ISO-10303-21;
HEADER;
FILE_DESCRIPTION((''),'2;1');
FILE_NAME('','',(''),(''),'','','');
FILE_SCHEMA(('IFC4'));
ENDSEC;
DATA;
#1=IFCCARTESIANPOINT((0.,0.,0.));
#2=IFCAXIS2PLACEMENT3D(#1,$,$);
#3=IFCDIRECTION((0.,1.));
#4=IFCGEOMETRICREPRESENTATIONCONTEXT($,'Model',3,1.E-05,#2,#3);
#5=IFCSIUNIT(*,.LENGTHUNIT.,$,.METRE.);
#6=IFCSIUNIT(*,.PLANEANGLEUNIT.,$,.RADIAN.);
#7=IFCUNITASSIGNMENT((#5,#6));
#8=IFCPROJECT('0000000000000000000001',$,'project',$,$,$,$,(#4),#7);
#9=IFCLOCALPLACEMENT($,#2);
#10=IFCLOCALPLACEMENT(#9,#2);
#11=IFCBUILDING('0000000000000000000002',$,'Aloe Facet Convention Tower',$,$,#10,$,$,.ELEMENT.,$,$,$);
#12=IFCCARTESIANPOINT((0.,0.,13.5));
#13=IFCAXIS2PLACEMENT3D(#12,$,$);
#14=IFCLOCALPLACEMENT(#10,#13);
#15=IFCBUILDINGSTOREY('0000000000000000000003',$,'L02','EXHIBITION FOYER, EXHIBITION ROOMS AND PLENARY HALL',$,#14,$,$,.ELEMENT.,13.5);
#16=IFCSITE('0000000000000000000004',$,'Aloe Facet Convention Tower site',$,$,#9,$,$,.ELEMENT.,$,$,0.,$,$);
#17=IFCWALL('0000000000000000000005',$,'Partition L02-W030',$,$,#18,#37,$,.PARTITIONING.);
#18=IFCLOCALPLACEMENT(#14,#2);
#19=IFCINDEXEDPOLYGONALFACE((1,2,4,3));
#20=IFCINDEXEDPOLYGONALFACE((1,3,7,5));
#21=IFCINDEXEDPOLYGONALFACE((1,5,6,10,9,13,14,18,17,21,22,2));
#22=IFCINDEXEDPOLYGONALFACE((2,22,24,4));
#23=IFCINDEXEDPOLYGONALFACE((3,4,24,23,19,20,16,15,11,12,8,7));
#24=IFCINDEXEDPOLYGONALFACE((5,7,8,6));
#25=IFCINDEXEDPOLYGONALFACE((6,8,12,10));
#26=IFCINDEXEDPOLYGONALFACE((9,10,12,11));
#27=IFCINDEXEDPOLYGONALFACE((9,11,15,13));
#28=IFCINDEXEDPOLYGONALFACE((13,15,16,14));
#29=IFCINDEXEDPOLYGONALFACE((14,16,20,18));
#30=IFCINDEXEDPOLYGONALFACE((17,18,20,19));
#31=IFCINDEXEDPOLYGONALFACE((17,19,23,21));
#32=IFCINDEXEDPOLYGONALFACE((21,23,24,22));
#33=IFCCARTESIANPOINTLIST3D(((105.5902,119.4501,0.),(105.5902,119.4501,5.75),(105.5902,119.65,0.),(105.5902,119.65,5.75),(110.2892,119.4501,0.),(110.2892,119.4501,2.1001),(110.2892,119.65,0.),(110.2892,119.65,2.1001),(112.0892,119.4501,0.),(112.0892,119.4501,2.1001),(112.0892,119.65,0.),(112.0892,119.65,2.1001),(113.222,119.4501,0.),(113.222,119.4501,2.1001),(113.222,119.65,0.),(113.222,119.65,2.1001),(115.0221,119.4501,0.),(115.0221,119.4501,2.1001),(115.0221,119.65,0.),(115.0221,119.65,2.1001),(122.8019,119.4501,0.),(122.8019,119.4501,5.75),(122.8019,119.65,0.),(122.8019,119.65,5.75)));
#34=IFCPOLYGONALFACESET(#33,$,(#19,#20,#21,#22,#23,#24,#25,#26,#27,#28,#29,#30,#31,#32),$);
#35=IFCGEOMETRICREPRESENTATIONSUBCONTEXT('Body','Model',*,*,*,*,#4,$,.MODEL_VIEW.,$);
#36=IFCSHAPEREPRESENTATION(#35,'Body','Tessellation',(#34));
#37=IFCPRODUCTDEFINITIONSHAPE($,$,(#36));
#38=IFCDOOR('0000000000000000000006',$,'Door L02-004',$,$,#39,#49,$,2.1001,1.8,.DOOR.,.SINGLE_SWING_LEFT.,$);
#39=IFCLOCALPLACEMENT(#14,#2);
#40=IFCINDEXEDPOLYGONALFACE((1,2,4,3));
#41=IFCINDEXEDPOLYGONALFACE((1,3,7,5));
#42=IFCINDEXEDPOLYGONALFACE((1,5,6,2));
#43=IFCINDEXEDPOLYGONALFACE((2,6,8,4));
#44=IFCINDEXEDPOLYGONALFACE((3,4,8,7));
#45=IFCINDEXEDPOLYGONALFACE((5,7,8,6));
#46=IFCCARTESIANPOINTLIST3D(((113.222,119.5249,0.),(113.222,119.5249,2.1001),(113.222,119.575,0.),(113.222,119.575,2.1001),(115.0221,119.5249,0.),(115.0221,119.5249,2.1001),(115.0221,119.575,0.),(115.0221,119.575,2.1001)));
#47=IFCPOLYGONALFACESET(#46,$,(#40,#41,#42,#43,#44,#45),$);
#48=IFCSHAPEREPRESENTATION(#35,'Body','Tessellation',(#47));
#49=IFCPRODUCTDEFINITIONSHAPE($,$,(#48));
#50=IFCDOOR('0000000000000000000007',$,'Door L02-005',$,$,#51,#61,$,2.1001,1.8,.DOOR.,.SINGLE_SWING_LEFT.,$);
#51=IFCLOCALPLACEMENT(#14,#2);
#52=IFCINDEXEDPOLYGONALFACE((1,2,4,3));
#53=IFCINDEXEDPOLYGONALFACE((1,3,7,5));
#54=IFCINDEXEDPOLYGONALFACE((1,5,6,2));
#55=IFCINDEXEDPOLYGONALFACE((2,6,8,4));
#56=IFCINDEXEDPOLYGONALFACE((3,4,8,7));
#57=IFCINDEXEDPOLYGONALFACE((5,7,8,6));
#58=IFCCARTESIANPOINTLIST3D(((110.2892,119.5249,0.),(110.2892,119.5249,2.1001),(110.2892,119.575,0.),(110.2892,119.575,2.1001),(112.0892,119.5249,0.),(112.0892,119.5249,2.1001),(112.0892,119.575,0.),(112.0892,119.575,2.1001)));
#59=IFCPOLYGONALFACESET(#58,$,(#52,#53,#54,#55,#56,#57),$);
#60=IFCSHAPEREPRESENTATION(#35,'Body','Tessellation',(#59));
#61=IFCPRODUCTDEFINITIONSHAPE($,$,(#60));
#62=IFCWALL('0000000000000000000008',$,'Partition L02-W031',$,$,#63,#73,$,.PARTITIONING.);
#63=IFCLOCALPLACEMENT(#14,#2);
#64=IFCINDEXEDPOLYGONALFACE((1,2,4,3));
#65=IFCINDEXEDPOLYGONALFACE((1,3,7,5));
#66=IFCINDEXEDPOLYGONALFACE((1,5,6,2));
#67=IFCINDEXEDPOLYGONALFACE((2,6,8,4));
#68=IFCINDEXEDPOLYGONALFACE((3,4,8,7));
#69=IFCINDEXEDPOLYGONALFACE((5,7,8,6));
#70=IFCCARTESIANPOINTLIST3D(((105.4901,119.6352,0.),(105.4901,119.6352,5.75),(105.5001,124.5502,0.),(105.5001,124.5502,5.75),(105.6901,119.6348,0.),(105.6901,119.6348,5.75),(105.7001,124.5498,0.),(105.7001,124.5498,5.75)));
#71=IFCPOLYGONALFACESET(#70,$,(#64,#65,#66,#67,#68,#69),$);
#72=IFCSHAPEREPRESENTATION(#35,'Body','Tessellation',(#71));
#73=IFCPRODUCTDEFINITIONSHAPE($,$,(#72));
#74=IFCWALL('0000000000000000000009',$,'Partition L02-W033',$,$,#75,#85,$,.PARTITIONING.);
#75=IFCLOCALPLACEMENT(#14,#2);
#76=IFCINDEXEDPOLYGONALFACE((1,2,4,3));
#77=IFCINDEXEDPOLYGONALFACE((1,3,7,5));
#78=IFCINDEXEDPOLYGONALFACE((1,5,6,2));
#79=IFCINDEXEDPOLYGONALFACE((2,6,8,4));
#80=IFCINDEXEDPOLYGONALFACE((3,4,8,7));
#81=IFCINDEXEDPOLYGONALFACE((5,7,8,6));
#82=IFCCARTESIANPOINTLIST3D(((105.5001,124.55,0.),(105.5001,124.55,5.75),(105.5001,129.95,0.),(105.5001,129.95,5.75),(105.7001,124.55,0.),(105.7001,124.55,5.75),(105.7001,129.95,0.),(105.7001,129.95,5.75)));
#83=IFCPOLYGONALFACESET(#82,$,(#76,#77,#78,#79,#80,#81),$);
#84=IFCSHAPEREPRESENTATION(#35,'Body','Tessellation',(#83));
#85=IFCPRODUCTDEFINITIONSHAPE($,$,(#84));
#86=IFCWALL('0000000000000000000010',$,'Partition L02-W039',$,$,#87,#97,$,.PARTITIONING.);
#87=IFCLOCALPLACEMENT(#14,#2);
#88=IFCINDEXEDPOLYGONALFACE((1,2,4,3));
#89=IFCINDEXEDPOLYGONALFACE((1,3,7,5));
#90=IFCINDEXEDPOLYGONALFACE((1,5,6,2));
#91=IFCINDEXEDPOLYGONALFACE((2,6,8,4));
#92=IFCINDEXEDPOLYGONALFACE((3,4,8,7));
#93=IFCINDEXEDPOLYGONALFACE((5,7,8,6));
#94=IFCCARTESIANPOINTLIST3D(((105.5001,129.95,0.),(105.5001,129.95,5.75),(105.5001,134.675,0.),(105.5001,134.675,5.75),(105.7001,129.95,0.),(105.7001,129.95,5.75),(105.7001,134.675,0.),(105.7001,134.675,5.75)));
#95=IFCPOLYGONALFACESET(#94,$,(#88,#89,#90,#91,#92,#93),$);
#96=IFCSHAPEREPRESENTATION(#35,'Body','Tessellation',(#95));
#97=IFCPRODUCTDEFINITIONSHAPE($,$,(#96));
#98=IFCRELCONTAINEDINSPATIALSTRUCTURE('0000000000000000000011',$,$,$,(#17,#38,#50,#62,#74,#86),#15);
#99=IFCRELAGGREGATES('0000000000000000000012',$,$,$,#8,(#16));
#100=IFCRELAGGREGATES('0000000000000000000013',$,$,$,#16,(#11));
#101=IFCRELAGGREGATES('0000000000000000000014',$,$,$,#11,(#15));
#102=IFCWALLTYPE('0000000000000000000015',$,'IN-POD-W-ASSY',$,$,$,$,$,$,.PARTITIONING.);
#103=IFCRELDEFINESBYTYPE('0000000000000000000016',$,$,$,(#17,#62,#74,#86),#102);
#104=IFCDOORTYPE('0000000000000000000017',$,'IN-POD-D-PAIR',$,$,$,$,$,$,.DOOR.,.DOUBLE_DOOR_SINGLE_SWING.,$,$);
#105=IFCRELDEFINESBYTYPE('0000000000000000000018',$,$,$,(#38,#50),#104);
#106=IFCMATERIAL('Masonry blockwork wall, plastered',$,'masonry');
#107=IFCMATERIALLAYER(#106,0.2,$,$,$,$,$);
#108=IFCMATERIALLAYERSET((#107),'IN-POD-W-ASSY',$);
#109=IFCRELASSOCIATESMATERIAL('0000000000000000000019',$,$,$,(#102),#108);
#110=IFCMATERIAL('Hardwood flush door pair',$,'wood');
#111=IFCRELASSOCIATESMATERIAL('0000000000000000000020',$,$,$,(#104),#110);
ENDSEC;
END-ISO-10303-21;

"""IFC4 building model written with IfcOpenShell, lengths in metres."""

from ifc_helpers import new_model, si_unit, direction, frame, frame_2d, origin, place, context, subcontext, project, spatial, rectangle, extrude, material, layer, layer_set, type_object, element, fill, save


model = new_model("IFC4")

# Units and contexts
model_context = context("Model", 3, precision=1e-05, world=origin(), true_north=direction((0.0, 1.0)))
body_context = subcontext(model_context, "Body", "Model", "MODEL_VIEW")
ifc_project = project(units=[si_unit("LENGTHUNIT", "METRE"), si_unit("PLANEANGLEUNIT", "RADIAN")], contexts=[model_context])

# Site, building, storey
site_placement = place(None, origin())
site = spatial("IfcSite", under=ifc_project, at=site_placement, Name="Aloe Facet Convention Tower site", CompositionType="ELEMENT", RefElevation=0.0)
building_placement = place(site_placement, origin())
building = spatial("IfcBuilding", under=site, at=building_placement, Name="Aloe Facet Convention Tower", CompositionType="ELEMENT")
storey_placement = place(building_placement, frame((0.0, 0.0, 13.5)))
storey = spatial("IfcBuildingStorey", under=building, at=storey_placement, Name="L02", Description="EXHIBITION FOYER, EXHIBITION ROOMS AND PLENARY HALL", CompositionType="ELEMENT", Elevation=13.5)

# Wall, openings, doors
ifc_material_1 = material(Name="Masonry blockwork wall, plastered", Category="masonry")
ifc_layer_1 = layer(ifc_material_1, 0.2)
ifc_layer_set_1 = layer_set([ifc_layer_1], Name="IN-POD-W-ASSY")
wall_type_1 = type_object("IfcWallType", Name="IN-POD-W-ASSY", PredefinedType="PARTITIONING", material=ifc_layer_set_1)
wall_1_placement = place(storey_placement, frame((105.5901, 119.55, 0.0), z_axis=(0.0, 0.0, 1.0), x_axis=(1.0, 0.0, 0.0)))
wall_1 = element("IfcWall", 1, at=wall_1_placement, inside=storey, type_object=wall_type_1, Name="Partition L02-W030", PredefinedType="PARTITIONING", context=body_context, shape_type="SweptSolid", body=[
    extrude(rectangle(XDim=17.2117, YDim=0.2, at=frame_2d((8.606, 0.0))), origin(), (0.0, 0.0, 1.0), 5.75),
])
opening_1_placement = place(wall_1_placement, frame((7.6321, 0.0, 0.0)))
opening_1 = element("IfcOpeningElement", 2, at=opening_1_placement, cuts=wall_1, PredefinedType="OPENING", context=body_context, shape_type="SweptSolid", body=[
    extrude(rectangle(XDim=1.8, YDim=2.1001, at=frame_2d((0.8999, 1.05))), frame((0.0, 0.1099, 0.0), z_axis=(0.0, -1.0, 0.0), x_axis=(1.0, 0.0, 0.0)), (0.0, 0.0, 1.0), 0.22),
])
opening_2_placement = place(wall_1_placement, frame((4.6992, 0.0, 0.0)))
opening_2 = element("IfcOpeningElement", 3, at=opening_2_placement, cuts=wall_1, PredefinedType="OPENING", context=body_context, shape_type="SweptSolid", body=[
    extrude(rectangle(XDim=1.8, YDim=2.1001, at=frame_2d((0.8999, 1.05))), frame((0.0, 0.1099, 0.0), z_axis=(0.0, -1.0, 0.0), x_axis=(1.0, 0.0, 0.0)), (0.0, 0.0, 1.0), 0.22),
])
ifc_material_2 = material(Name="Hardwood flush door pair", Category="wood")
door_type = type_object("IfcDoorType", Name="IN-POD-D-PAIR", OperationType="DOUBLE_DOOR_SINGLE_SWING", PredefinedType="DOOR", material=ifc_material_2)
door_1_placement = place(opening_1_placement, origin())
door_1 = element("IfcDoor", 4, at=door_1_placement, inside=storey, type_object=door_type, Name="Door L02-004", OperationType="SINGLE_SWING_LEFT", OverallHeight=2.1001, OverallWidth=1.8, PredefinedType="DOOR", context=body_context, shape_type="SweptSolid", body=[
    extrude(rectangle(XDim=1.8, YDim=2.1001, at=frame_2d((0.8999, 1.05))), frame((0.0, 0.0249, 0.0), z_axis=(0.0, -1.0, 0.0), x_axis=(1.0, 0.0, 0.0)), (0.0, 0.0, 1.0), 0.05),
])
fill(opening_1, door_1)
door_2_placement = place(opening_2_placement, origin())
door_2 = element("IfcDoor", 5, at=door_2_placement, inside=storey, type_object=door_type, Name="Door L02-005", OperationType="SINGLE_SWING_LEFT", OverallHeight=2.1001, OverallWidth=1.8, PredefinedType="DOOR", context=body_context, shape_type="SweptSolid", body=[
    extrude(rectangle(XDim=1.8, YDim=2.1001, at=frame_2d((0.8999, 1.05))), frame((0.0, 0.0249, 0.0), z_axis=(0.0, -1.0, 0.0), x_axis=(1.0, 0.0, 0.0)), (0.0, 0.0, 1.0), 0.05),
])
fill(opening_2, door_2)

# Walls
wall_2_placement = place(storey_placement, frame((105.5901, 119.635, 0.0), z_axis=(0.0, 0.0, 1.0), x_axis=(0.002037, 0.999998, 0.0)))
element("IfcWall", 6, at=wall_2_placement, inside=storey, type_object=wall_type_1, Name="Partition L02-W031", PredefinedType="PARTITIONING", context=body_context, shape_type="SweptSolid", body=[
    extrude(rectangle(XDim=4.915, YDim=0.2, at=frame_2d((2.4575, 0.0))), origin(), (0.0, 0.0, 1.0), 5.75),
])
wall_3_placement = place(storey_placement, frame((105.6001, 124.55, 0.0), z_axis=(0.0, 0.0, 1.0), x_axis=(0.0, 1.0, 0.0)))
element("IfcWall", 7, at=wall_3_placement, inside=storey, type_object=wall_type_1, Name="Partition L02-W033", PredefinedType="PARTITIONING", context=body_context, shape_type="SweptSolid", body=[
    extrude(rectangle(XDim=5.3999, YDim=0.2, at=frame_2d((2.7, 0.0))), origin(), (0.0, 0.0, 1.0), 5.75),
])
wall_4_placement = place(storey_placement, frame((105.6001, 129.95, 0.0), z_axis=(0.0, 0.0, 1.0), x_axis=(0.0, 1.0, 0.0)))
element("IfcWall", 8, at=wall_4_placement, inside=storey, type_object=wall_type_1, Name="Partition L02-W039", PredefinedType="PARTITIONING", context=body_context, shape_type="SweptSolid", body=[
    extrude(rectangle(XDim=4.7251, YDim=0.2, at=frame_2d((2.3625, 0.0))), origin(), (0.0, 0.0, 1.0), 5.75),
])

save(model, "model.ifc")
